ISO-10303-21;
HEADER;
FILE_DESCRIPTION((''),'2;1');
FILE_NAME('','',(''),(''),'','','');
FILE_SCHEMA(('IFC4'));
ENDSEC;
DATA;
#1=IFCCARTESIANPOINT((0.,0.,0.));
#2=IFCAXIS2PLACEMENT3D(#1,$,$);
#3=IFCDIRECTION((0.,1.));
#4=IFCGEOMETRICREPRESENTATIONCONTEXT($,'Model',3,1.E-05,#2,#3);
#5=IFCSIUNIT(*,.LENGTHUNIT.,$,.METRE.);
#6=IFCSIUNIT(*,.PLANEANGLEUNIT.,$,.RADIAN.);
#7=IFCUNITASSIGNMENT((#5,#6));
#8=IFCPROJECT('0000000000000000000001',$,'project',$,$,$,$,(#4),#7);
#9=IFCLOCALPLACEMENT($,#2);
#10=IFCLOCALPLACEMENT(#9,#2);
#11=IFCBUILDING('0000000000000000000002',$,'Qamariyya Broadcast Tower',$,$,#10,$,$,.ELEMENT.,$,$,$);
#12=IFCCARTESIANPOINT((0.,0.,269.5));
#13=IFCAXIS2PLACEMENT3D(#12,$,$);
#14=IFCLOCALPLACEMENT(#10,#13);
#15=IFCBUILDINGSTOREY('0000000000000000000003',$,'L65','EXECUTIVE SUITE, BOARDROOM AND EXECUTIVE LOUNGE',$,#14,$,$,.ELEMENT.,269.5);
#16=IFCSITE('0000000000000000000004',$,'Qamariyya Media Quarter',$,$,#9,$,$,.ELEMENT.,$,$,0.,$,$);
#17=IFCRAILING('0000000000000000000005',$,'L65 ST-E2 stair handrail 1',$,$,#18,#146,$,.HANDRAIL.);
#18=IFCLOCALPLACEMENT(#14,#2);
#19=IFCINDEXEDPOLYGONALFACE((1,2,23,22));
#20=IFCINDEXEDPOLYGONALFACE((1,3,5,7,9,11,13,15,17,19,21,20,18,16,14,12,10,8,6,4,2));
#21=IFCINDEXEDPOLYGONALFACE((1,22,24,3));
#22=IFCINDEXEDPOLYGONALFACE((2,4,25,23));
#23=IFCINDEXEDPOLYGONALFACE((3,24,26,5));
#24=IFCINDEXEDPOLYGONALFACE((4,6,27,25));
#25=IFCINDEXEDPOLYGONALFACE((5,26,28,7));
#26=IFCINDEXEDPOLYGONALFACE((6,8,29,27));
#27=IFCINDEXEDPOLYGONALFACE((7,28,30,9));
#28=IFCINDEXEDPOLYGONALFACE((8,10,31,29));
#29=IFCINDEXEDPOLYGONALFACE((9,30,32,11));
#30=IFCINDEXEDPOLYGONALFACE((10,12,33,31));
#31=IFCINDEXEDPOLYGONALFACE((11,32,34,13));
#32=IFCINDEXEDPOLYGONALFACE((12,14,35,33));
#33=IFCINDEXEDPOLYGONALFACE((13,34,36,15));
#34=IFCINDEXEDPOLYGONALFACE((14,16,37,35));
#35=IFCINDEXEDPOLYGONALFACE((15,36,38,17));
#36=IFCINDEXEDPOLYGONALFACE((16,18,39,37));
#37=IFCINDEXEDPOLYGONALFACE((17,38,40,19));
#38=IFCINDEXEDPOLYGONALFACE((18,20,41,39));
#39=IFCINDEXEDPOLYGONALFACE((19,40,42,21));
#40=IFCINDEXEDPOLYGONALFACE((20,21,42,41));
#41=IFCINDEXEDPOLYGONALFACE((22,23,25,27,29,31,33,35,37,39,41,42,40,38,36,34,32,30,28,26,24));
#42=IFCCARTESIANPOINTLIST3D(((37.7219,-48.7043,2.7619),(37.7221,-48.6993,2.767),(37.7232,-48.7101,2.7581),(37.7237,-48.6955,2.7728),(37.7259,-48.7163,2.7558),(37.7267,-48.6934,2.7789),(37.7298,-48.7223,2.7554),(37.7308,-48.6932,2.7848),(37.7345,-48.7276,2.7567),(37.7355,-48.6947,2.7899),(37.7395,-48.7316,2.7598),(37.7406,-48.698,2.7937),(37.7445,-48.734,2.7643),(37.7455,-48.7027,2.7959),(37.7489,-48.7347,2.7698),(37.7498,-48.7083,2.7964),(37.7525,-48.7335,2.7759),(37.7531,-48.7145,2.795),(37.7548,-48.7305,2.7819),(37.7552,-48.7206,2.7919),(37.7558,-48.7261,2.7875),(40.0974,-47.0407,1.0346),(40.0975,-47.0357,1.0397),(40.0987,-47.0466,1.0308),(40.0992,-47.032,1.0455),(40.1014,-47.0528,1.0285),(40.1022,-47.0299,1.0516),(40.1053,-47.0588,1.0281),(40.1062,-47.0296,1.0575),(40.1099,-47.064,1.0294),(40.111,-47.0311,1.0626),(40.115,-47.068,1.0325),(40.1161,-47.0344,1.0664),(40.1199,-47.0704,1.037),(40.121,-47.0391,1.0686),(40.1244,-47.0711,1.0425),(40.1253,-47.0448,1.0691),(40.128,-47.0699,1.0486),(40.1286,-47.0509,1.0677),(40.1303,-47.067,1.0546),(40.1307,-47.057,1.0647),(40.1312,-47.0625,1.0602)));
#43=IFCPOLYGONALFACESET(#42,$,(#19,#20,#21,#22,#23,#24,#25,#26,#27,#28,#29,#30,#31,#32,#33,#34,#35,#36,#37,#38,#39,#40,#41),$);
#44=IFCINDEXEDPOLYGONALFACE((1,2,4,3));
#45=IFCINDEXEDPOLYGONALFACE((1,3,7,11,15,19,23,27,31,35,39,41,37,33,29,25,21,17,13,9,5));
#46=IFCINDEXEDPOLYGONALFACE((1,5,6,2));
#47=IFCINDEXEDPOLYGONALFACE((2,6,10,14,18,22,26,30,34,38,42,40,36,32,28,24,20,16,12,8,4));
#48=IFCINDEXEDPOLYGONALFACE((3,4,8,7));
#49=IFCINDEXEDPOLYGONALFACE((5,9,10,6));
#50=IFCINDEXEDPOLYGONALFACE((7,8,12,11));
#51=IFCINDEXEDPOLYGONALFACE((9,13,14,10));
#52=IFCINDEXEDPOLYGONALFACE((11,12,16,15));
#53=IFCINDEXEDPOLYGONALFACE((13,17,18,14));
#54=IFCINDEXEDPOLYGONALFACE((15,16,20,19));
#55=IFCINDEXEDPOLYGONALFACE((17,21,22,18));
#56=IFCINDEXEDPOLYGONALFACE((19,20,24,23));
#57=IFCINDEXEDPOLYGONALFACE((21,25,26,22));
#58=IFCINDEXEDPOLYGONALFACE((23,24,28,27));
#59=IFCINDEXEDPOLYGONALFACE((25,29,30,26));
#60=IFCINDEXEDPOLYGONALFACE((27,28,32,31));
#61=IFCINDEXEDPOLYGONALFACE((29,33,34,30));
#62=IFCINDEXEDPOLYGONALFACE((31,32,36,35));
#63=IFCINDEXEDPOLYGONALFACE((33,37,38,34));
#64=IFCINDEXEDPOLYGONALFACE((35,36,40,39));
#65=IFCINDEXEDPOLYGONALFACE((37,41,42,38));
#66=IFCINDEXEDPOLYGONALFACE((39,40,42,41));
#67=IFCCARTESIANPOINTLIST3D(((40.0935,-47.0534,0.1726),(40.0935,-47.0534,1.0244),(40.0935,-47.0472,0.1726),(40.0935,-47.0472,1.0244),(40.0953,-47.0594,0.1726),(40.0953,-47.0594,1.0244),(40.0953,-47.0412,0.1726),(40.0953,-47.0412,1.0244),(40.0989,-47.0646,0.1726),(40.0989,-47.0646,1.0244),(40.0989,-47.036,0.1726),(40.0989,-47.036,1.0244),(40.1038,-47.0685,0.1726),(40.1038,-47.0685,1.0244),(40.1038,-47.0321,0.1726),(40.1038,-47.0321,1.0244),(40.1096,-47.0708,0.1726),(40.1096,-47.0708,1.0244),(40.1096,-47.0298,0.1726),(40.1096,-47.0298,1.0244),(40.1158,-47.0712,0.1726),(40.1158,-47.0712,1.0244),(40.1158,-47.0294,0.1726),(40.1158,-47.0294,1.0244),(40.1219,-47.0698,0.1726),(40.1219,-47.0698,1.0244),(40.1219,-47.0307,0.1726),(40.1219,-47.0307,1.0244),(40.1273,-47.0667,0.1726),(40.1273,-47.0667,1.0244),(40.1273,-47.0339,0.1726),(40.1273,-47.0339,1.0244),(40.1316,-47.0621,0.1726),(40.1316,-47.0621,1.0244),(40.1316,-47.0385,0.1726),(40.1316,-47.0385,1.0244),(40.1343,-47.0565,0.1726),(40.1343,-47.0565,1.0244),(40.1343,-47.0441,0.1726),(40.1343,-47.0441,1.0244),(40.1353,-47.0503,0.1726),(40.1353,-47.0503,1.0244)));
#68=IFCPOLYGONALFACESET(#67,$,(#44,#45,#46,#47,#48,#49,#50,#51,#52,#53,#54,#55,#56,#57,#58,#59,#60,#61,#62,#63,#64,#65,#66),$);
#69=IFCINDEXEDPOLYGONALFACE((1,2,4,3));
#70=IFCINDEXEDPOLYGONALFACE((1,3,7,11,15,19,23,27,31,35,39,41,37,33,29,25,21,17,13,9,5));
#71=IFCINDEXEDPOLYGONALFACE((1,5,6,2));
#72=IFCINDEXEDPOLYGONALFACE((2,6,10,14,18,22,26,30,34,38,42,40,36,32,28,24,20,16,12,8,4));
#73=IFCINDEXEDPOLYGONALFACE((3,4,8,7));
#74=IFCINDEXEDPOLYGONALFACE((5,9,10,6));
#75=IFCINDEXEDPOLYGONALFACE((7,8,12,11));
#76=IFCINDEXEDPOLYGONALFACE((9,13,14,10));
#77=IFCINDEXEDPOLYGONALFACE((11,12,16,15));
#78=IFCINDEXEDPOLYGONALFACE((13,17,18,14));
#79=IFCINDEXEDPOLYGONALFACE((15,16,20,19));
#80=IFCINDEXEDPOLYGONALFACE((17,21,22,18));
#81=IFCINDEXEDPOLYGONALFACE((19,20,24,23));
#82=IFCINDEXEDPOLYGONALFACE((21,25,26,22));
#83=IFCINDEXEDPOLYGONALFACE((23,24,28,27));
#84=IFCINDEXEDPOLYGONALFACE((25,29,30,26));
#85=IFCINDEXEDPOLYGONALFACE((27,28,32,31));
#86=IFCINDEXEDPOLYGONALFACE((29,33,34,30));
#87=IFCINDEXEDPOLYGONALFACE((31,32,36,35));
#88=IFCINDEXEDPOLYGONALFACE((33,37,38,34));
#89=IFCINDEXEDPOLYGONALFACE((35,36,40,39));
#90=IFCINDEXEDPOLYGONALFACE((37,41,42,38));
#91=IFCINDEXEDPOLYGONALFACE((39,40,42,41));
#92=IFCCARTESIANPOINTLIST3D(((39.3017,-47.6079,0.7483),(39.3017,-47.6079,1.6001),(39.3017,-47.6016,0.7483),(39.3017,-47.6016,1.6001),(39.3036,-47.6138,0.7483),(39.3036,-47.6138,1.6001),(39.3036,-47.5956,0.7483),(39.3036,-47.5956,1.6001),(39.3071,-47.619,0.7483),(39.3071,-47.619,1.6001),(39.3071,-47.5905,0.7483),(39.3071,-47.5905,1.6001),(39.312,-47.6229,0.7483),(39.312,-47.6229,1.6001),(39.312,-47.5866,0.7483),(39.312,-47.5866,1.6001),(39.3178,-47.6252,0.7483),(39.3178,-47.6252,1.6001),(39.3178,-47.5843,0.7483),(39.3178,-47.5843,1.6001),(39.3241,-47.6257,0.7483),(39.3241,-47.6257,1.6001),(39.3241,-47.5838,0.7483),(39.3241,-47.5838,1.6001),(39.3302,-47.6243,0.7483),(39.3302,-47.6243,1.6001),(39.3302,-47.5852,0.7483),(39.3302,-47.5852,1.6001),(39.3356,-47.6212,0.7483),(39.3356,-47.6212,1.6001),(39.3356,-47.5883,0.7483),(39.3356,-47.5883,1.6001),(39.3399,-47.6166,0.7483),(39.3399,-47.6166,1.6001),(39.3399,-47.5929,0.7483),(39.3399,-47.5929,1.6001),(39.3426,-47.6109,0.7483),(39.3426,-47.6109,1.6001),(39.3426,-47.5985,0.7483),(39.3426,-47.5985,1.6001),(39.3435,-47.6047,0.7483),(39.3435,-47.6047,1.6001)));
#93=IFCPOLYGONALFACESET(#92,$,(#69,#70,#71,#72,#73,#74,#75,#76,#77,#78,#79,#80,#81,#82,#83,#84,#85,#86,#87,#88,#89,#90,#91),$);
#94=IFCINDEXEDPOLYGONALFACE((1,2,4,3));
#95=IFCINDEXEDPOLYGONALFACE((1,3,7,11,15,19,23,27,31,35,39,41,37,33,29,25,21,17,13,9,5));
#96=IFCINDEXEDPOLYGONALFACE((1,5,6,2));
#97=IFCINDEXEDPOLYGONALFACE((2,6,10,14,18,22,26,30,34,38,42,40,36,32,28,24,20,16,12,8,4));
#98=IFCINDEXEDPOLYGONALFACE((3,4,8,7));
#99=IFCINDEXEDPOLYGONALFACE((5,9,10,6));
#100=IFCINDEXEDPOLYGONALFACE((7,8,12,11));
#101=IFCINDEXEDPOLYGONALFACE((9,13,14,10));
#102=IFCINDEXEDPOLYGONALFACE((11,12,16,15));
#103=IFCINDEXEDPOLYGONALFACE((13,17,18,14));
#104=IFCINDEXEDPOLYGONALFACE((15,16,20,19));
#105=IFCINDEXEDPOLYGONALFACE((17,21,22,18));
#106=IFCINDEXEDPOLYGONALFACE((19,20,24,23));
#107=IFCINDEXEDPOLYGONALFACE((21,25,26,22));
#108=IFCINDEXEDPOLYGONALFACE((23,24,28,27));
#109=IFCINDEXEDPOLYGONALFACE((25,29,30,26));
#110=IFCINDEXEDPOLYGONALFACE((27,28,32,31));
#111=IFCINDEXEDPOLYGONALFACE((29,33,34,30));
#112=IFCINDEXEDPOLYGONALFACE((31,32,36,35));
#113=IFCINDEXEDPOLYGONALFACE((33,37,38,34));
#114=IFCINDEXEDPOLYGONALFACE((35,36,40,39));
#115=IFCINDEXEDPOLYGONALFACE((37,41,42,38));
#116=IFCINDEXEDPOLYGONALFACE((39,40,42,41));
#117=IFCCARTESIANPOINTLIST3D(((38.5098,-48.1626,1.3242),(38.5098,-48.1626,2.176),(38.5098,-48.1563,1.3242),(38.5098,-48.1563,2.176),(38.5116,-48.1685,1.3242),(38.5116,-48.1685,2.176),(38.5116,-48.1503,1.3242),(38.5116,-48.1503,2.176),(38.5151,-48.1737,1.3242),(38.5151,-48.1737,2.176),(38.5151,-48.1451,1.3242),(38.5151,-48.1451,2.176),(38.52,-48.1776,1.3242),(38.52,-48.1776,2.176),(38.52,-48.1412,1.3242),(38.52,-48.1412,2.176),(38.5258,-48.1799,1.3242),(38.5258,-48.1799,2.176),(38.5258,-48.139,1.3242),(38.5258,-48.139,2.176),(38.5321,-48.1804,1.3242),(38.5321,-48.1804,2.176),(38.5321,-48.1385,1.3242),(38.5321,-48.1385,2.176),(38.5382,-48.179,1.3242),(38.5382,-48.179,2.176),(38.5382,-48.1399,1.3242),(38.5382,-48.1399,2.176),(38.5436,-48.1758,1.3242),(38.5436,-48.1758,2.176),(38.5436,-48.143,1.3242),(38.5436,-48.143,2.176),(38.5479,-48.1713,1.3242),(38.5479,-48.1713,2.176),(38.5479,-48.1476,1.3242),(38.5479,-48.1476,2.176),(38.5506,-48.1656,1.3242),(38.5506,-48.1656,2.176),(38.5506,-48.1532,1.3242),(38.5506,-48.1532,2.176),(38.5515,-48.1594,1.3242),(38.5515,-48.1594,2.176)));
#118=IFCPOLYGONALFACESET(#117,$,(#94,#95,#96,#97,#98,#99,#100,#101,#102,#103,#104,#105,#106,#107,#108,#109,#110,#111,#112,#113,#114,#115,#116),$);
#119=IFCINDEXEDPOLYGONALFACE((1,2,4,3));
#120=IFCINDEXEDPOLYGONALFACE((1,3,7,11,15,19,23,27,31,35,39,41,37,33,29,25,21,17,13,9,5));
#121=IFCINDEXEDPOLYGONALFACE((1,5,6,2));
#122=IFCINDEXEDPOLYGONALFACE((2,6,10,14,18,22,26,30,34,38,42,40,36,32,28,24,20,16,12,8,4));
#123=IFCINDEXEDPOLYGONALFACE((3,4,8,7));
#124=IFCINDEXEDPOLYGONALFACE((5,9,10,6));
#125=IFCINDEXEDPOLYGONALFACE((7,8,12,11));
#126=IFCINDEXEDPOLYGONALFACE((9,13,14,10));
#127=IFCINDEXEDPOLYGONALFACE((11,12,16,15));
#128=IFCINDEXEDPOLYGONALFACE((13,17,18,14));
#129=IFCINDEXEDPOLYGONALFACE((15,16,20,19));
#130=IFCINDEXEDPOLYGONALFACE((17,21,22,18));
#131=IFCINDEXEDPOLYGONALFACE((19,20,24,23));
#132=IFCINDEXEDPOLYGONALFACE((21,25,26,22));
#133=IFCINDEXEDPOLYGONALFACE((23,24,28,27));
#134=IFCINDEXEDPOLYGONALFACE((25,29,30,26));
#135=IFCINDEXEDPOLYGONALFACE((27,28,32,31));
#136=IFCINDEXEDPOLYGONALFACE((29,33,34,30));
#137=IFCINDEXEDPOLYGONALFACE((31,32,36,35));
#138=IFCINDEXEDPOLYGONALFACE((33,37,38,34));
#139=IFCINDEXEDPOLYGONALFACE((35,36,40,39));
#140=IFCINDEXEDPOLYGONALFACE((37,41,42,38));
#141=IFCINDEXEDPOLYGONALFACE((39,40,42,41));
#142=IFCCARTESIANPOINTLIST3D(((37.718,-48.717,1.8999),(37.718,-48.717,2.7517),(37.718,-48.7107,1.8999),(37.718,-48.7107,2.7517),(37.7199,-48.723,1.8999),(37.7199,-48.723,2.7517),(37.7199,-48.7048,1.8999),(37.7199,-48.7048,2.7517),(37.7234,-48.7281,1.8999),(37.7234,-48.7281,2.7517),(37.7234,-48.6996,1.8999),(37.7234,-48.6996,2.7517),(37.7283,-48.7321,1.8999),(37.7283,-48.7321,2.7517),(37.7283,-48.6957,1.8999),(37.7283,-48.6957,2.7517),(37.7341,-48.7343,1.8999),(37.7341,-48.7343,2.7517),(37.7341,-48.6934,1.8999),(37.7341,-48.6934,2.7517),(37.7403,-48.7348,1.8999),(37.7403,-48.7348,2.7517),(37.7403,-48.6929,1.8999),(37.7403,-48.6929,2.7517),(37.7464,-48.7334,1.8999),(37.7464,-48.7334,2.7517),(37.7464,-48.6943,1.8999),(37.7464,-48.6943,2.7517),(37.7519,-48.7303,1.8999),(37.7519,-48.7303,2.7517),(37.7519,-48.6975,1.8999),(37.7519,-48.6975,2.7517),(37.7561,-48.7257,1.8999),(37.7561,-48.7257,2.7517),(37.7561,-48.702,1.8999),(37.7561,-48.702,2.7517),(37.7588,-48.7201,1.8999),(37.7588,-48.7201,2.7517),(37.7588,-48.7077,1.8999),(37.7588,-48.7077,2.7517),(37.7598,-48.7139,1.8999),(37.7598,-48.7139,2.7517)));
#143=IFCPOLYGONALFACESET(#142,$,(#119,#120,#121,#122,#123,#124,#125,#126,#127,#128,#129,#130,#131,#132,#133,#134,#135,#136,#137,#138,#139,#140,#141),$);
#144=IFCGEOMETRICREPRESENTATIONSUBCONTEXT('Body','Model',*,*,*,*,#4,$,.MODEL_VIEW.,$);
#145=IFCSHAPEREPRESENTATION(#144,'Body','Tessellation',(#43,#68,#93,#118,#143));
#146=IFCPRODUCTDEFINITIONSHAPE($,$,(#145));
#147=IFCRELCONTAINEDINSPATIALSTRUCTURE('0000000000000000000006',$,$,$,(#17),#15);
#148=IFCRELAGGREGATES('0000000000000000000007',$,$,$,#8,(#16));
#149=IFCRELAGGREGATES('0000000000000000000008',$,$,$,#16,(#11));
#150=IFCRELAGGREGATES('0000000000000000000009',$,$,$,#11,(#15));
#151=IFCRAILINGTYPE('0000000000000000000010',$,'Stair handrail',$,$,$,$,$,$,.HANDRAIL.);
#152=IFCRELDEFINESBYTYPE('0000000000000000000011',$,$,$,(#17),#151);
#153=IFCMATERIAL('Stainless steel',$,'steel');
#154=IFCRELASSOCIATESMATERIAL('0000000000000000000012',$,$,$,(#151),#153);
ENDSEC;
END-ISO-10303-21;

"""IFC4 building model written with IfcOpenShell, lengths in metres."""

from ifc_helpers import new_model, si_unit, direction, frame, origin, origin_2d, place, context, subcontext, project, spatial, circle, extrude, material, type_object, element, save


model = new_model("IFC4")

# Units and contexts
model_context = context("Model", 3, precision=1e-05, world=origin(), true_north=direction((0.0, 1.0)))
body_context = subcontext(model_context, "Body", "Model", "MODEL_VIEW")
ifc_project = project(units=[si_unit("LENGTHUNIT", "METRE"), si_unit("PLANEANGLEUNIT", "RADIAN")], contexts=[model_context])

# Site, building, storey
site_placement = place(None, origin())
site = spatial("IfcSite", under=ifc_project, at=site_placement, Name="Qamariyya Media Quarter", CompositionType="ELEMENT", RefElevation=0.0)
building_placement = place(site_placement, origin())
building = spatial("IfcBuilding", under=site, at=building_placement, Name="Qamariyya Broadcast Tower", CompositionType="ELEMENT")
storey_placement = place(building_placement, frame((0.0, 0.0, 269.5)))
storey = spatial("IfcBuildingStorey", under=building, at=storey_placement, Name="L65", Description="EXECUTIVE SUITE, BOARDROOM AND EXECUTIVE LOUNGE", CompositionType="ELEMENT", Elevation=269.5)

# Railing
ifc_material_1 = material(Name="Stainless steel", Category="steel")
railing_type_1 = type_object("IfcRailingType", Name="Stair handrail", PredefinedType="HANDRAIL", material=ifc_material_1)
railing_1_placement = place(storey_placement, frame((40.1143, -47.0503, 0.1726)))
element("IfcRailing", 1, at=railing_1_placement, inside=storey, type_object=railing_type_1, Name="L65 ST-E2 stair handrail 1", PredefinedType="HANDRAIL", context=body_context, shape_type="SweptSolid", body=[
    extrude(circle(Radius=0.0239, at=origin_2d()), frame((0.0, 0.0, 0.876), z_axis=(-0.703745, -0.492838, 0.511716), x_axis=(0.573632, -0.819113, 0.0)), (0.0, 0.0, 1.0), 3.3755),
    extrude(circle(Radius=0.021, at=origin_2d()), origin(), (0.0, 0.0, 1.0), 0.8518),
    extrude(circle(Radius=0.021, at=origin_2d()), frame((-0.7917, -0.5544, 0.5757)), (0.0, 0.0, 1.0), 0.8518),
    extrude(circle(Radius=0.021, at=origin_2d()), frame((-1.5837, -1.1091, 1.1516)), (0.0, 0.0, 1.0), 0.8518),
    extrude(circle(Radius=0.021, at=origin_2d()), frame((-2.3755, -1.6636, 1.7273)), (0.0, 0.0, 1.0), 0.8518),
])

save(model, "model.ifc")
